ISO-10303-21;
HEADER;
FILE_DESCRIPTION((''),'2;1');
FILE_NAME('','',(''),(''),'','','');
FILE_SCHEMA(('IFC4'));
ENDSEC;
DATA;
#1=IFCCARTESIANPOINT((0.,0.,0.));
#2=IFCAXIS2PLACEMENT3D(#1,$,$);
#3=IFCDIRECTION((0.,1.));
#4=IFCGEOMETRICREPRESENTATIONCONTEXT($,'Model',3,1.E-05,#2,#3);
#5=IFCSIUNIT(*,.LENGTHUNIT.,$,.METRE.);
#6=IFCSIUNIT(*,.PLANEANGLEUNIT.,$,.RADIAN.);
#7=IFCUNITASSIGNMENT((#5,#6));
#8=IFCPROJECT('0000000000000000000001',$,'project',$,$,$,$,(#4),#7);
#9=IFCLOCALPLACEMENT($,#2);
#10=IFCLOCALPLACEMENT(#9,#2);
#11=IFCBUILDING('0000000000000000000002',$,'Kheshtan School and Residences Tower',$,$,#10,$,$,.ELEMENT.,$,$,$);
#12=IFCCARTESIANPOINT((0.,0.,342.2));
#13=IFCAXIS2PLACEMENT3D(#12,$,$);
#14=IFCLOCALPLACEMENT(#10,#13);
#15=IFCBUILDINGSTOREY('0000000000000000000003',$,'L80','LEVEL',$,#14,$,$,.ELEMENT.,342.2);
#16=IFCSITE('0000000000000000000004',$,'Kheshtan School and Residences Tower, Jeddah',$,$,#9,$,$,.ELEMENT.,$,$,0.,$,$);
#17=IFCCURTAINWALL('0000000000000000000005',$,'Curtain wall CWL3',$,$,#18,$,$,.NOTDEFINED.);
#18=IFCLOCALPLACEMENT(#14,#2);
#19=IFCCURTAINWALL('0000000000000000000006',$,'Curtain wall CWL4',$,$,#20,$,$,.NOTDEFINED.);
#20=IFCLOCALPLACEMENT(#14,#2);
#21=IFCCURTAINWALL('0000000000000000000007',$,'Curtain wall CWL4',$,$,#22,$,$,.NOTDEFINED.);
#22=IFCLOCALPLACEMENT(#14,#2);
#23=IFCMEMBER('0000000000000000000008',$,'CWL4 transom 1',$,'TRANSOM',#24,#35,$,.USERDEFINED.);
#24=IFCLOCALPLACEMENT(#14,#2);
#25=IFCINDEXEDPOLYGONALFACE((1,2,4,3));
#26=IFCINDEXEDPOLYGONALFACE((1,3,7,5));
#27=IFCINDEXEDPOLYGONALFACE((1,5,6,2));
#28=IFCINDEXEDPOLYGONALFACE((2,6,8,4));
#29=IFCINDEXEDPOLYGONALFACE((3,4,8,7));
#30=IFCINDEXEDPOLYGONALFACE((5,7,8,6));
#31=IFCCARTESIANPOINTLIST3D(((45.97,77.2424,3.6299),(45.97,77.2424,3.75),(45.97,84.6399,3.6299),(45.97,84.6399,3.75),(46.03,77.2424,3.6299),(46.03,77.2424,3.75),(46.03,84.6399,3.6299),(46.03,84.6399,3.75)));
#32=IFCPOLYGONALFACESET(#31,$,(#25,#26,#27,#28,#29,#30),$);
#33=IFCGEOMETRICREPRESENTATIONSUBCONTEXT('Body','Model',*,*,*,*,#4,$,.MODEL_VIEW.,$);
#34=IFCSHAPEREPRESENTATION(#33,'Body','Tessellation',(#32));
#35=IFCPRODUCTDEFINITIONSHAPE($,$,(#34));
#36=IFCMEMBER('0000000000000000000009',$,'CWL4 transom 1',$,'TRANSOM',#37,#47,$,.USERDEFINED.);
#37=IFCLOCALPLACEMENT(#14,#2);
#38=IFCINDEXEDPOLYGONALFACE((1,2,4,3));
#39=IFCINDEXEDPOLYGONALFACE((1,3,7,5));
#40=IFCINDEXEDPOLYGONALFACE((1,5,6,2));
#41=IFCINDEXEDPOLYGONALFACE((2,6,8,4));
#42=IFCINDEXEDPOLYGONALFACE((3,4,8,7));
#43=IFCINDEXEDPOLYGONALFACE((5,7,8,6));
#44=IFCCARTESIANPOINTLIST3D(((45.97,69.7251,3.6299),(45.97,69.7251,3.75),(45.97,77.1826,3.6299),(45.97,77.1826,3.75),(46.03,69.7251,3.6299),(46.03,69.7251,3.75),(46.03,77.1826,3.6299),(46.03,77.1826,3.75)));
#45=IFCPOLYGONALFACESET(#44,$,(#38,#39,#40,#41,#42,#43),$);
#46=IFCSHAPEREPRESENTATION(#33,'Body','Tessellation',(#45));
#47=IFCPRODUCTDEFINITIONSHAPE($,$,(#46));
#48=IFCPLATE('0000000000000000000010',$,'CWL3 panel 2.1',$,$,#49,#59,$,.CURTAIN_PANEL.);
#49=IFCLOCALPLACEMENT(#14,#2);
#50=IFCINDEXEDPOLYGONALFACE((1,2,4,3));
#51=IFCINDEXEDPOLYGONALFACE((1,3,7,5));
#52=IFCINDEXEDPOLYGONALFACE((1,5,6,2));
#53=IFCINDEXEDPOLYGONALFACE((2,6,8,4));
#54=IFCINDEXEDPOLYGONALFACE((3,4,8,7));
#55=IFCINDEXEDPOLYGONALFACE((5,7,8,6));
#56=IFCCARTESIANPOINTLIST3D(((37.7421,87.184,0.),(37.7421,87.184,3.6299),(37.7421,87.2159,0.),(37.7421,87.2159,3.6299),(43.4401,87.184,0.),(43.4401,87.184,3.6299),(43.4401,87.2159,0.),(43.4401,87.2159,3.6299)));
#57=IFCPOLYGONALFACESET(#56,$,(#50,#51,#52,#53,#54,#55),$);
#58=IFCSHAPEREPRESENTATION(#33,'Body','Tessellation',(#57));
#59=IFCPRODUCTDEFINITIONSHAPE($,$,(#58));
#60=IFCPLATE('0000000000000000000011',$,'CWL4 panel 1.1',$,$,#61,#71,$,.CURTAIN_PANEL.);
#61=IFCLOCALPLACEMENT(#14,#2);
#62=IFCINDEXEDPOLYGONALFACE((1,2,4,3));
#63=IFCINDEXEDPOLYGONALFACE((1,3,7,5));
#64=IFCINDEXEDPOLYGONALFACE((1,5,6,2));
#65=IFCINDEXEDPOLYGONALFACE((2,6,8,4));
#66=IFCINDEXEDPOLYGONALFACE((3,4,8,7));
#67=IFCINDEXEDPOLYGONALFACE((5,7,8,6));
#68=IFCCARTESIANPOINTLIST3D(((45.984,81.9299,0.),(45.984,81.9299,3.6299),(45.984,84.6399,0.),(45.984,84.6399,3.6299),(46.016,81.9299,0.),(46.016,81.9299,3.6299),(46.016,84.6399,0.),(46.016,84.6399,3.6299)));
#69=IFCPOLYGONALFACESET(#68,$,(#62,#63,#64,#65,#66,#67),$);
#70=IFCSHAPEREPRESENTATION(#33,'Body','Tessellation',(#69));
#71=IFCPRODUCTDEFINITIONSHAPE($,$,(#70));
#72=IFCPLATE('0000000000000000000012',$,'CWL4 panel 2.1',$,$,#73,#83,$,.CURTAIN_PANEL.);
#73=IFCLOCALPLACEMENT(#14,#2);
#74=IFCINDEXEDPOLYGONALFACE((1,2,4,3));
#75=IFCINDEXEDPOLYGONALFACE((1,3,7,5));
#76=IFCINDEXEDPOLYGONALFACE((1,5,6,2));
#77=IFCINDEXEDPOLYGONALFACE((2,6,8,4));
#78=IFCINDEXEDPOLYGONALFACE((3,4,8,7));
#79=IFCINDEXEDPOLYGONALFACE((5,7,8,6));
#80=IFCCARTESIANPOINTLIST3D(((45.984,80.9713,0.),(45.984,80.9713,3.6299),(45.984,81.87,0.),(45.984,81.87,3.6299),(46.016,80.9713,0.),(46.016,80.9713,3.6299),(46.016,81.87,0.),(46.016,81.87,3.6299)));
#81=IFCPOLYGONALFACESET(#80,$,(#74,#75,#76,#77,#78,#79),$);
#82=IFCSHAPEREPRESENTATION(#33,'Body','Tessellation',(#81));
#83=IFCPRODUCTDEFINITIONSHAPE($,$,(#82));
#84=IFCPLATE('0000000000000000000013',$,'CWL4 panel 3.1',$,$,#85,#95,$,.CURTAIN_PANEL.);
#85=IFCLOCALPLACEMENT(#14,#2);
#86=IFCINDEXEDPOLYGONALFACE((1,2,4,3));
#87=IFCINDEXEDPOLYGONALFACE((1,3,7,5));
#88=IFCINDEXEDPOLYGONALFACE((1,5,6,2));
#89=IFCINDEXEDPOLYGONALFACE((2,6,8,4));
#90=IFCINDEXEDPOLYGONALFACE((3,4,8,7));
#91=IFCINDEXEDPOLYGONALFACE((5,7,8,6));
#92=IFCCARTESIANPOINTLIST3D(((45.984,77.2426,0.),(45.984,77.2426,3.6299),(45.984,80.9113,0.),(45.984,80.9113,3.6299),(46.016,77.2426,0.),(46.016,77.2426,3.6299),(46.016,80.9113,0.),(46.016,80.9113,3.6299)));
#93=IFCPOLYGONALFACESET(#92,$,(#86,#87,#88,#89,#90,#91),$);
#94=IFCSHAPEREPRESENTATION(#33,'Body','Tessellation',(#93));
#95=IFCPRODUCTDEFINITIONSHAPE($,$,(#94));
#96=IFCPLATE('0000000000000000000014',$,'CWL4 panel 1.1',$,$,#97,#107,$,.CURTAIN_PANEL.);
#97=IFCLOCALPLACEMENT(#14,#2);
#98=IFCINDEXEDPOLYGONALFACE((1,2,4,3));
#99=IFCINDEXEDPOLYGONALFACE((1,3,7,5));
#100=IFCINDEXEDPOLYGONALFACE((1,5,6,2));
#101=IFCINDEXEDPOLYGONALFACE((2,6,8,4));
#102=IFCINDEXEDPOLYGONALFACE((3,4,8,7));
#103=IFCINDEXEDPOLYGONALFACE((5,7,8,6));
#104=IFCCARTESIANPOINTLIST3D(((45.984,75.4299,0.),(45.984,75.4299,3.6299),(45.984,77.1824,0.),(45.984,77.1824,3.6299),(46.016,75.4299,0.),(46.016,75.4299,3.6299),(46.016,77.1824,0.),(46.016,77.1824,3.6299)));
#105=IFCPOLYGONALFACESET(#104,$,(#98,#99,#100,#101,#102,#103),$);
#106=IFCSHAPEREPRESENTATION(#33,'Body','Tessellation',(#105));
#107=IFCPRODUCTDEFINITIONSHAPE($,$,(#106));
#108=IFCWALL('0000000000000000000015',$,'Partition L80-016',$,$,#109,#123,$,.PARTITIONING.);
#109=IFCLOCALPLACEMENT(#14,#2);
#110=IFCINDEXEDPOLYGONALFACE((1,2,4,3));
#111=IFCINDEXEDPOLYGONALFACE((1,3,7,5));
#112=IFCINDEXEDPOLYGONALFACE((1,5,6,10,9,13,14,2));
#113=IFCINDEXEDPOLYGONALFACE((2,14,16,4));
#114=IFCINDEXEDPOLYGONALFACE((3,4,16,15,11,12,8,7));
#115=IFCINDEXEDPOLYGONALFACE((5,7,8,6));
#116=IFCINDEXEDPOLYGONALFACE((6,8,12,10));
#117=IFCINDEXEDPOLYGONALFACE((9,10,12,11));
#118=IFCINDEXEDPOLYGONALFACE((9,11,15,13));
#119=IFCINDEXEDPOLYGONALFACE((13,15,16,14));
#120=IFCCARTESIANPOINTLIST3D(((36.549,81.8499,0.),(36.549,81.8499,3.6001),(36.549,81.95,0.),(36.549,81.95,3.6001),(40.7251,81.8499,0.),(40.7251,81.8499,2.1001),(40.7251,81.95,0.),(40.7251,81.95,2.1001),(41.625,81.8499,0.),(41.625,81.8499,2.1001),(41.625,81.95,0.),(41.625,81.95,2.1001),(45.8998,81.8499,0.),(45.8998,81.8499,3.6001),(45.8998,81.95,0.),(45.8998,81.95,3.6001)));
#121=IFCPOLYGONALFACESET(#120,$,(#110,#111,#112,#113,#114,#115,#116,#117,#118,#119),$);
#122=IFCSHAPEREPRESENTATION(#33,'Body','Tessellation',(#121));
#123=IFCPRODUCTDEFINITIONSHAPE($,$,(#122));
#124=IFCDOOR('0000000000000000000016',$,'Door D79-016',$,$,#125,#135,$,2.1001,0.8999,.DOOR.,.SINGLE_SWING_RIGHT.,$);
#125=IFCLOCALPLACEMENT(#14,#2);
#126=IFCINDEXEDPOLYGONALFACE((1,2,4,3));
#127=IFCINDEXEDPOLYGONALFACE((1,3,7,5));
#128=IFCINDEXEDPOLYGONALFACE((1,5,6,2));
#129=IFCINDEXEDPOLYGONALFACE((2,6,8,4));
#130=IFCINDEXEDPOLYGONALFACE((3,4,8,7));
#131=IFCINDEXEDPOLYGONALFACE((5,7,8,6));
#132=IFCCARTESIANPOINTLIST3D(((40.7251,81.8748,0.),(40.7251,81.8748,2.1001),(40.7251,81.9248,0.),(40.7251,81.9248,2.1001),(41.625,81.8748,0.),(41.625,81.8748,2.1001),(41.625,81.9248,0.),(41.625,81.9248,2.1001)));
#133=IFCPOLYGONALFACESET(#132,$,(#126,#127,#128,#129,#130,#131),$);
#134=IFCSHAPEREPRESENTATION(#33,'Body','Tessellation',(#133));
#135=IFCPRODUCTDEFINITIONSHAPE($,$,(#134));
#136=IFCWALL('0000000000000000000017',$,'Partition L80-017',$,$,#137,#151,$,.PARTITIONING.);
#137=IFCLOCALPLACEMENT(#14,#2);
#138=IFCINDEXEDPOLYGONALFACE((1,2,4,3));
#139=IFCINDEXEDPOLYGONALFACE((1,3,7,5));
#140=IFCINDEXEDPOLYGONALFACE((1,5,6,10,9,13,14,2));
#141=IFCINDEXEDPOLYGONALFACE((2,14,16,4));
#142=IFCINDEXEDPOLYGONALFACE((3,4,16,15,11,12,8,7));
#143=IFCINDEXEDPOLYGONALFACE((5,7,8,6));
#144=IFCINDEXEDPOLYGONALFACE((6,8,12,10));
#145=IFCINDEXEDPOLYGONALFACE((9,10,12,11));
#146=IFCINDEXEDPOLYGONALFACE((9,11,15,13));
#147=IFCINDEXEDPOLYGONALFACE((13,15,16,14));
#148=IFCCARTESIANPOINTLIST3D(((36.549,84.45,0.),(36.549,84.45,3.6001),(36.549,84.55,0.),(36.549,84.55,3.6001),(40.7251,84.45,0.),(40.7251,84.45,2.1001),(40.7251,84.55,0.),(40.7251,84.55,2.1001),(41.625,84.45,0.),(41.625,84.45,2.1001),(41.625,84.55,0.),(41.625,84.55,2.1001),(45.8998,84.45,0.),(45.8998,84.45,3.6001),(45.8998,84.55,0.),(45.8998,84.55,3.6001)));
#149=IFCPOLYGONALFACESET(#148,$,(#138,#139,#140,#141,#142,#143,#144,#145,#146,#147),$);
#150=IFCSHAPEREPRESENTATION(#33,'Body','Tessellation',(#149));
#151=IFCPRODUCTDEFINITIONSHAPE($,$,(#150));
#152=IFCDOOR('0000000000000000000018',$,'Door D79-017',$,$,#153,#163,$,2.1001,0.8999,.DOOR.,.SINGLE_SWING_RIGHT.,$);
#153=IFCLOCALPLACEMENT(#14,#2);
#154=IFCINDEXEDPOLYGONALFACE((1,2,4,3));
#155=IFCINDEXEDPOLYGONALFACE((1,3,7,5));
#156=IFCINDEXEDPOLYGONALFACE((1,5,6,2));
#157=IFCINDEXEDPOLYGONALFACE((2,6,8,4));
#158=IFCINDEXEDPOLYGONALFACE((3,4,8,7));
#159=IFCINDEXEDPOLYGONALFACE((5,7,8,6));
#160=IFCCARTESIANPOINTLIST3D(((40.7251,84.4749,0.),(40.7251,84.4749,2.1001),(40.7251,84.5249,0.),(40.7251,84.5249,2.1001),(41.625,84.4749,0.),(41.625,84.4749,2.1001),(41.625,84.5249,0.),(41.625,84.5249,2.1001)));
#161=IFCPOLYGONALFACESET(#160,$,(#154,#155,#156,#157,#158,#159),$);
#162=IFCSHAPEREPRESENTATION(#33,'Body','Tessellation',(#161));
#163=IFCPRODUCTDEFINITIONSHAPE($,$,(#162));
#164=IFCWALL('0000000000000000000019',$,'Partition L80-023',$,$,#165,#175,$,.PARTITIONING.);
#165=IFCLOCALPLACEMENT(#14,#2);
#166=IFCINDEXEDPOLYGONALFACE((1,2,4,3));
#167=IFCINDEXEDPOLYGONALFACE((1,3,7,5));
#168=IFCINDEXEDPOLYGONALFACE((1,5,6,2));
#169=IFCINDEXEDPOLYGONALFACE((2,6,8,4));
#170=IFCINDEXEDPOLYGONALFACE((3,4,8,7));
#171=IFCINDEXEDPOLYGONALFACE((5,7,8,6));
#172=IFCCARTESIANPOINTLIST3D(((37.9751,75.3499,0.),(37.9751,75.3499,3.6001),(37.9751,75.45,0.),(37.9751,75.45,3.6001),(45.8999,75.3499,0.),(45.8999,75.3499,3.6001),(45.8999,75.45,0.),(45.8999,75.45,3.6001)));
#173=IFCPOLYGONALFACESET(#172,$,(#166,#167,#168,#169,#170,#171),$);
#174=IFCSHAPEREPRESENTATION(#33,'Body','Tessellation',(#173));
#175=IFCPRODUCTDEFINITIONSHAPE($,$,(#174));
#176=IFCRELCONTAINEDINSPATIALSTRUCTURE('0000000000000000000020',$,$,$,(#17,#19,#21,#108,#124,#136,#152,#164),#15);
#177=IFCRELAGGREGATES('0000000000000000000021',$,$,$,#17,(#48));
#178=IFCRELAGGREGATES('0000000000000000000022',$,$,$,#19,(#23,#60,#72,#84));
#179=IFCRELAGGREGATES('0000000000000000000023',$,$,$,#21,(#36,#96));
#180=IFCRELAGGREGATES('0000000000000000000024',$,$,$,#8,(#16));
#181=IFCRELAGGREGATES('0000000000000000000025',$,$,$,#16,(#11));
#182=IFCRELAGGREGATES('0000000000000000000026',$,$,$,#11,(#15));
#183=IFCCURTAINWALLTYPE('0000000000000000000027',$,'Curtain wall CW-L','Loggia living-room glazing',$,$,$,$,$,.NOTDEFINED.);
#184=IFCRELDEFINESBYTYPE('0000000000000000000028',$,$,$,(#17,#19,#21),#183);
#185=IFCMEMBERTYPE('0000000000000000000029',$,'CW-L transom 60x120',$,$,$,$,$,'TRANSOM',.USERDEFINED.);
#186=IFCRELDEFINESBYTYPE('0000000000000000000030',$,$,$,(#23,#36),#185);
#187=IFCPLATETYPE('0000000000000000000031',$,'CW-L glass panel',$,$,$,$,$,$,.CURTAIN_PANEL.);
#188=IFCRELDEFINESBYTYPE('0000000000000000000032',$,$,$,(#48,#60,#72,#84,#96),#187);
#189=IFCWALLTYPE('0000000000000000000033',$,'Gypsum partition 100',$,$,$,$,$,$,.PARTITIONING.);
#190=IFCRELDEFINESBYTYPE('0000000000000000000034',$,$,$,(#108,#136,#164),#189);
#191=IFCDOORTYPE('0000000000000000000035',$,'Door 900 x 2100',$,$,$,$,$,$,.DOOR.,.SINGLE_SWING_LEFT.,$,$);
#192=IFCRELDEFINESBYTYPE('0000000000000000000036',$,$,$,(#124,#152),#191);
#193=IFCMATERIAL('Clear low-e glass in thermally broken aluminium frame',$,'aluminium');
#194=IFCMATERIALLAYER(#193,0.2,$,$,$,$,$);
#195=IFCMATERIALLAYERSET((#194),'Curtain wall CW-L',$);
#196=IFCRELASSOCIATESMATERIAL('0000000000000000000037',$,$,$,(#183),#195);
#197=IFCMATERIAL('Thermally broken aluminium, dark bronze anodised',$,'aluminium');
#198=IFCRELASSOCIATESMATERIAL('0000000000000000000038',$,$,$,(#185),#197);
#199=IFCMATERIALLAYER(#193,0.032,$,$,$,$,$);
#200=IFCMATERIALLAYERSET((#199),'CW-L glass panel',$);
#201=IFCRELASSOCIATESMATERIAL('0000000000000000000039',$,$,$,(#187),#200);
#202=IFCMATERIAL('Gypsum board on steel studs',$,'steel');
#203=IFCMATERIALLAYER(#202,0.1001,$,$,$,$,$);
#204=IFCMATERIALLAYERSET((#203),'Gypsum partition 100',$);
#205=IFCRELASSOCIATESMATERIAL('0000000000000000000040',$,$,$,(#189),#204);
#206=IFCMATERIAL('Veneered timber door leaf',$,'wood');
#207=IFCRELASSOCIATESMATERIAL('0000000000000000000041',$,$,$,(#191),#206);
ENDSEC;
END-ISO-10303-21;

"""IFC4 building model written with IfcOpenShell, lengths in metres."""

from ifc_helpers import new_model, si_unit, direction, frame, frame_2d, origin, origin_2d, place, context, subcontext, project, spatial, rectangle, extrude, source, transform, mapped, material, layer, layer_set, material_profile, profile_set, type_object, element, fill, aggregate, save


model = new_model("IFC4")

# Units and contexts
model_context = context("Model", 3, precision=1e-05, world=origin(), true_north=direction((0.0, 1.0)))
body_context = subcontext(model_context, "Body", "Model", "MODEL_VIEW")
ifc_project = project(units=[si_unit("LENGTHUNIT", "METRE"), si_unit("PLANEANGLEUNIT", "RADIAN")], contexts=[model_context])

# Site, building, storey
site_placement = place(None, origin())
site = spatial("IfcSite", under=ifc_project, at=site_placement, Name="Kheshtan School and Residences Tower, Jeddah", CompositionType="ELEMENT", RefElevation=0.0)
building_placement = place(site_placement, origin())
building = spatial("IfcBuilding", under=site, at=building_placement, Name="Kheshtan School and Residences Tower", CompositionType="ELEMENT")
storey_placement = place(building_placement, frame((0.0, 0.0, 342.2)))
storey = spatial("IfcBuildingStorey", under=building, at=storey_placement, Name="L80", Description="LEVEL", CompositionType="ELEMENT", Elevation=342.2)

# Curtain walls
ifc_material_1 = material(Name="Clear low-e glass in thermally broken aluminium frame", Category="aluminium")
ifc_layer_1 = layer(ifc_material_1, 0.2)
ifc_layer_set_1 = layer_set([ifc_layer_1], Name="Curtain wall CW-L")
curtain_wall_type = type_object("IfcCurtainWallType", Name="Curtain wall CW-L", Description="Loggia living-room glazing", PredefinedType="NOTDEFINED", material=ifc_layer_set_1)
curtain_wall_1_placement = place(storey_placement, origin())
curtain_wall_1 = element("IfcCurtainWall", 1, at=curtain_wall_1_placement, inside=storey, type_object=curtain_wall_type, Name="Curtain wall CWL3", PredefinedType="NOTDEFINED")
ifc_material_2 = material(Name="Thermally broken aluminium, dark bronze anodised", Category="aluminium")
curtain_wall_2_placement = place(storey_placement, origin())
curtain_wall_2 = element("IfcCurtainWall", 2, at=curtain_wall_2_placement, inside=storey, type_object=curtain_wall_type, Name="Curtain wall CWL4", PredefinedType="NOTDEFINED")

# Curtain wall
curtain_wall_3_placement = place(storey_placement, origin())
curtain_wall_3 = element("IfcCurtainWall", 3, at=curtain_wall_3_placement, inside=storey, type_object=curtain_wall_type, Name="Curtain wall CWL4", PredefinedType="NOTDEFINED")

# Members
ifc_material_profile_1 = material_profile(ifc_material_2, rectangle(XDim=0.0601, YDim=0.1201, at=origin_2d()), Name="CW-L transom 60x120")
ifc_profile_set_1 = profile_set([ifc_material_profile_1], Name="Thermally broken aluminium, dark bronze anodised")
member_type_1 = type_object("IfcMemberType", Name="CW-L transom 60x120", ElementType="TRANSOM", PredefinedType="USERDEFINED", material=ifc_profile_set_1)
member_1_placement = place(storey_placement, frame((46.0, 84.6399, 3.6899), z_axis=(0.0, -1.0, 0.0), x_axis=(1.0, 0.0, 0.0)))
member_1 = element("IfcMember", 4, at=member_1_placement, type_object=member_type_1, Name="CWL4 transom 1", ObjectType="TRANSOM", PredefinedType="USERDEFINED", context=body_context, shape_type="SweptSolid", body=[
    extrude(rectangle(XDim=0.0601, YDim=0.1201, at=origin_2d()), origin(), (0.0, 0.0, 1.0), 7.3975),
])
member_2_placement = place(storey_placement, frame((46.0, 77.1826, 3.6899), z_axis=(0.0, -1.0, 0.0), x_axis=(1.0, 0.0, 0.0)))
member_2 = element("IfcMember", 5, at=member_2_placement, type_object=member_type_1, Name="CWL4 transom 1", ObjectType="TRANSOM", PredefinedType="USERDEFINED", context=body_context, shape_type="SweptSolid", body=[
    extrude(rectangle(XDim=0.0601, YDim=0.1201, at=origin_2d()), origin(), (0.0, 0.0, 1.0), 7.4575),
])

# Plates
ifc_layer_2 = layer(ifc_material_1, 0.032)
ifc_layer_set_2 = layer_set([ifc_layer_2], Name="CW-L glass panel")
plate_type = type_object("IfcPlateType", Name="CW-L glass panel", PredefinedType="CURTAIN_PANEL", material=ifc_layer_set_2)
plate_1_placement = place(storey_placement, frame((40.5911, 87.2, 0.0), z_axis=(0.0, 0.0, 1.0), x_axis=(1.0, 0.0, 0.0)))
plate_1 = element("IfcPlate", 6, at=plate_1_placement, type_object=plate_type, Name="CWL3 panel 2.1", PredefinedType="CURTAIN_PANEL", context=body_context, shape_type="SweptSolid", body=[
    extrude(rectangle(XDim=5.698, YDim=0.032, at=origin_2d()), origin(), (0.0, 0.0, 1.0), 3.6299),
])
aggregate(curtain_wall_1, [plate_1])
plate_2_placement = place(storey_placement, frame((46.0, 83.2849, 0.0), z_axis=(0.0, 0.0, 1.0), x_axis=(0.0, -1.0, 0.0)))
plate_2 = element("IfcPlate", 7, at=plate_2_placement, type_object=plate_type, Name="CWL4 panel 1.1", PredefinedType="CURTAIN_PANEL", context=body_context, shape_type="SweptSolid", body=[
    extrude(rectangle(XDim=2.71, YDim=0.032, at=origin_2d()), origin(), (0.0, 0.0, 1.0), 3.6299),
])
plate_3_placement = place(storey_placement, frame((46.0, 81.4207, 0.0), z_axis=(0.0, 0.0, 1.0), x_axis=(0.0, -1.0, 0.0)))
plate_3 = element("IfcPlate", 8, at=plate_3_placement, type_object=plate_type, Name="CWL4 panel 2.1", PredefinedType="CURTAIN_PANEL", context=body_context, shape_type="SweptSolid", body=[
    extrude(rectangle(XDim=0.8987, YDim=0.032, at=origin_2d()), origin(), (0.0, 0.0, 1.0), 3.6299),
])
plate_4_placement = place(storey_placement, frame((46.0, 79.0769, 0.0), z_axis=(0.0, 0.0, 1.0), x_axis=(0.0, -1.0, 0.0)))
plate_4 = element("IfcPlate", 9, at=plate_4_placement, type_object=plate_type, Name="CWL4 panel 3.1", PredefinedType="CURTAIN_PANEL", context=body_context, shape_type="SweptSolid", body=[
    extrude(rectangle(XDim=3.6687, YDim=0.032, at=origin_2d()), origin(), (0.0, 0.0, 1.0), 3.6299),
])
aggregate(curtain_wall_2, [member_1, plate_2, plate_3, plate_4])
plate_5_placement = place(storey_placement, frame((46.0, 76.3062, 0.0), z_axis=(0.0, 0.0, 1.0), x_axis=(0.0, -1.0, 0.0)))
plate_5 = element("IfcPlate", 10, at=plate_5_placement, type_object=plate_type, Name="CWL4 panel 1.1", PredefinedType="CURTAIN_PANEL", context=body_context, shape_type="SweptSolid", body=[
    extrude(rectangle(XDim=1.7524, YDim=0.032, at=origin_2d()), origin(), (0.0, 0.0, 1.0), 3.6299),
])
aggregate(curtain_wall_3, [member_2, plate_5])

# Walls, openings, doors
ifc_material_3 = material(Name="Gypsum board on steel studs", Category="steel")
ifc_layer_3 = layer(ifc_material_3, 0.1001)
ifc_layer_set_3 = layer_set([ifc_layer_3], Name="Gypsum partition 100")
wall_type_1 = type_object("IfcWallType", Name="Gypsum partition 100", PredefinedType="PARTITIONING", material=ifc_layer_set_3)
wall_1_placement = place(storey_placement, frame((36.5491, 81.8999, 0.0), z_axis=(0.0, 0.0, 1.0), x_axis=(1.0, 0.0, 0.0)))
wall_1 = element("IfcWall", 11, at=wall_1_placement, inside=storey, type_object=wall_type_1, Name="Partition L80-016", PredefinedType="PARTITIONING", context=body_context, shape_type="SweptSolid", body=[
    extrude(rectangle(XDim=9.3508, YDim=0.1001, at=frame_2d((4.6753, 0.0))), origin(), (0.0, 0.0, 1.0), 3.6001),
])
opening_1_placement = place(wall_1_placement, frame((4.176, 0.0, 0.0)))
opening_1 = element("IfcOpeningElement", 12, at=opening_1_placement, cuts=wall_1, PredefinedType="OPENING", context=body_context, shape_type="SweptSolid", body=[
    extrude(rectangle(XDim=0.8999, YDim=2.1001, at=frame_2d((0.45, 1.05))), frame((0.0, 0.0601, 0.0), z_axis=(0.0, -1.0, 0.0), x_axis=(1.0, 0.0, 0.0)), (0.0, 0.0, 1.0), 0.1201),
])
ifc_material_4 = material(Name="Veneered timber door leaf", Category="wood")
door_type_1 = type_object("IfcDoorType", Name="Door 900 x 2100", OperationType="SINGLE_SWING_LEFT", PredefinedType="DOOR", material=ifc_material_4)
shared_shape_1 = source(origin(), body_context, "Body", "SweptSolid", [
    extrude(rectangle(XDim=0.8999, YDim=2.1001, at=frame_2d((0.45, 1.05))), frame((0.0, 0.0249, 0.0), z_axis=(0.0, -1.0, 0.0), x_axis=(1.0, 0.0, 0.0)), (0.0, 0.0, 1.0), 0.05),
])
door_1_placement = place(opening_1_placement, origin())
door_1 = element("IfcDoor", 13, at=door_1_placement, inside=storey, type_object=door_type_1, Name="Door D79-016", OperationType="SINGLE_SWING_RIGHT", OverallHeight=2.1001, OverallWidth=0.8999, PredefinedType="DOOR", context=body_context, shape_type="MappedRepresentation", body=[
    mapped(shared_shape_1, transform((0.0, 0.0, 0.0), x_axis=(1.0, 0.0, 0.0), y_axis=(0.0, 1.0, 0.0), z_axis=(0.0, 0.0, 1.0), scale=1.0)),
])
fill(opening_1, door_1)
wall_2_placement = place(storey_placement, frame((36.5491, 84.5, 0.0), z_axis=(0.0, 0.0, 1.0), x_axis=(1.0, 0.0, 0.0)))
wall_2 = element("IfcWall", 14, at=wall_2_placement, inside=storey, type_object=wall_type_1, Name="Partition L80-017", PredefinedType="PARTITIONING", context=body_context, shape_type="SweptSolid", body=[
    extrude(rectangle(XDim=9.3508, YDim=0.1001, at=frame_2d((4.6753, 0.0))), origin(), (0.0, 0.0, 1.0), 3.6001),
])
opening_2_placement = place(wall_2_placement, frame((4.176, 0.0, 0.0)))
opening_2 = element("IfcOpeningElement", 15, at=opening_2_placement, cuts=wall_2, PredefinedType="OPENING", context=body_context, shape_type="SweptSolid", body=[
    extrude(rectangle(XDim=0.8999, YDim=2.1001, at=frame_2d((0.45, 1.05))), frame((0.0, 0.0601, 0.0), z_axis=(0.0, -1.0, 0.0), x_axis=(1.0, 0.0, 0.0)), (0.0, 0.0, 1.0), 0.1201),
])
door_2_placement = place(opening_2_placement, origin())
door_2 = element("IfcDoor", 16, at=door_2_placement, inside=storey, type_object=door_type_1, Name="Door D79-017", OperationType="SINGLE_SWING_RIGHT", OverallHeight=2.1001, OverallWidth=0.8999, PredefinedType="DOOR", context=body_context, shape_type="MappedRepresentation", body=[
    mapped(shared_shape_1, transform((0.0, 0.0, 0.0), x_axis=(1.0, 0.0, 0.0), y_axis=(0.0, 1.0, 0.0), z_axis=(0.0, 0.0, 1.0), scale=1.0)),
])
fill(opening_2, door_2)

# Wall
wall_3_placement = place(storey_placement, frame((37.9751, 75.3999, 0.0), z_axis=(0.0, 0.0, 1.0), x_axis=(1.0, 0.0, 0.0)))
element("IfcWall", 17, at=wall_3_placement, inside=storey, type_object=wall_type_1, Name="Partition L80-023", PredefinedType="PARTITIONING", context=body_context, shape_type="SweptSolid", body=[
    extrude(rectangle(XDim=7.9248, YDim=0.1001, at=frame_2d((3.9624, 0.0))), origin(), (0.0, 0.0, 1.0), 3.6001),
])

save(model, "model.ifc")
